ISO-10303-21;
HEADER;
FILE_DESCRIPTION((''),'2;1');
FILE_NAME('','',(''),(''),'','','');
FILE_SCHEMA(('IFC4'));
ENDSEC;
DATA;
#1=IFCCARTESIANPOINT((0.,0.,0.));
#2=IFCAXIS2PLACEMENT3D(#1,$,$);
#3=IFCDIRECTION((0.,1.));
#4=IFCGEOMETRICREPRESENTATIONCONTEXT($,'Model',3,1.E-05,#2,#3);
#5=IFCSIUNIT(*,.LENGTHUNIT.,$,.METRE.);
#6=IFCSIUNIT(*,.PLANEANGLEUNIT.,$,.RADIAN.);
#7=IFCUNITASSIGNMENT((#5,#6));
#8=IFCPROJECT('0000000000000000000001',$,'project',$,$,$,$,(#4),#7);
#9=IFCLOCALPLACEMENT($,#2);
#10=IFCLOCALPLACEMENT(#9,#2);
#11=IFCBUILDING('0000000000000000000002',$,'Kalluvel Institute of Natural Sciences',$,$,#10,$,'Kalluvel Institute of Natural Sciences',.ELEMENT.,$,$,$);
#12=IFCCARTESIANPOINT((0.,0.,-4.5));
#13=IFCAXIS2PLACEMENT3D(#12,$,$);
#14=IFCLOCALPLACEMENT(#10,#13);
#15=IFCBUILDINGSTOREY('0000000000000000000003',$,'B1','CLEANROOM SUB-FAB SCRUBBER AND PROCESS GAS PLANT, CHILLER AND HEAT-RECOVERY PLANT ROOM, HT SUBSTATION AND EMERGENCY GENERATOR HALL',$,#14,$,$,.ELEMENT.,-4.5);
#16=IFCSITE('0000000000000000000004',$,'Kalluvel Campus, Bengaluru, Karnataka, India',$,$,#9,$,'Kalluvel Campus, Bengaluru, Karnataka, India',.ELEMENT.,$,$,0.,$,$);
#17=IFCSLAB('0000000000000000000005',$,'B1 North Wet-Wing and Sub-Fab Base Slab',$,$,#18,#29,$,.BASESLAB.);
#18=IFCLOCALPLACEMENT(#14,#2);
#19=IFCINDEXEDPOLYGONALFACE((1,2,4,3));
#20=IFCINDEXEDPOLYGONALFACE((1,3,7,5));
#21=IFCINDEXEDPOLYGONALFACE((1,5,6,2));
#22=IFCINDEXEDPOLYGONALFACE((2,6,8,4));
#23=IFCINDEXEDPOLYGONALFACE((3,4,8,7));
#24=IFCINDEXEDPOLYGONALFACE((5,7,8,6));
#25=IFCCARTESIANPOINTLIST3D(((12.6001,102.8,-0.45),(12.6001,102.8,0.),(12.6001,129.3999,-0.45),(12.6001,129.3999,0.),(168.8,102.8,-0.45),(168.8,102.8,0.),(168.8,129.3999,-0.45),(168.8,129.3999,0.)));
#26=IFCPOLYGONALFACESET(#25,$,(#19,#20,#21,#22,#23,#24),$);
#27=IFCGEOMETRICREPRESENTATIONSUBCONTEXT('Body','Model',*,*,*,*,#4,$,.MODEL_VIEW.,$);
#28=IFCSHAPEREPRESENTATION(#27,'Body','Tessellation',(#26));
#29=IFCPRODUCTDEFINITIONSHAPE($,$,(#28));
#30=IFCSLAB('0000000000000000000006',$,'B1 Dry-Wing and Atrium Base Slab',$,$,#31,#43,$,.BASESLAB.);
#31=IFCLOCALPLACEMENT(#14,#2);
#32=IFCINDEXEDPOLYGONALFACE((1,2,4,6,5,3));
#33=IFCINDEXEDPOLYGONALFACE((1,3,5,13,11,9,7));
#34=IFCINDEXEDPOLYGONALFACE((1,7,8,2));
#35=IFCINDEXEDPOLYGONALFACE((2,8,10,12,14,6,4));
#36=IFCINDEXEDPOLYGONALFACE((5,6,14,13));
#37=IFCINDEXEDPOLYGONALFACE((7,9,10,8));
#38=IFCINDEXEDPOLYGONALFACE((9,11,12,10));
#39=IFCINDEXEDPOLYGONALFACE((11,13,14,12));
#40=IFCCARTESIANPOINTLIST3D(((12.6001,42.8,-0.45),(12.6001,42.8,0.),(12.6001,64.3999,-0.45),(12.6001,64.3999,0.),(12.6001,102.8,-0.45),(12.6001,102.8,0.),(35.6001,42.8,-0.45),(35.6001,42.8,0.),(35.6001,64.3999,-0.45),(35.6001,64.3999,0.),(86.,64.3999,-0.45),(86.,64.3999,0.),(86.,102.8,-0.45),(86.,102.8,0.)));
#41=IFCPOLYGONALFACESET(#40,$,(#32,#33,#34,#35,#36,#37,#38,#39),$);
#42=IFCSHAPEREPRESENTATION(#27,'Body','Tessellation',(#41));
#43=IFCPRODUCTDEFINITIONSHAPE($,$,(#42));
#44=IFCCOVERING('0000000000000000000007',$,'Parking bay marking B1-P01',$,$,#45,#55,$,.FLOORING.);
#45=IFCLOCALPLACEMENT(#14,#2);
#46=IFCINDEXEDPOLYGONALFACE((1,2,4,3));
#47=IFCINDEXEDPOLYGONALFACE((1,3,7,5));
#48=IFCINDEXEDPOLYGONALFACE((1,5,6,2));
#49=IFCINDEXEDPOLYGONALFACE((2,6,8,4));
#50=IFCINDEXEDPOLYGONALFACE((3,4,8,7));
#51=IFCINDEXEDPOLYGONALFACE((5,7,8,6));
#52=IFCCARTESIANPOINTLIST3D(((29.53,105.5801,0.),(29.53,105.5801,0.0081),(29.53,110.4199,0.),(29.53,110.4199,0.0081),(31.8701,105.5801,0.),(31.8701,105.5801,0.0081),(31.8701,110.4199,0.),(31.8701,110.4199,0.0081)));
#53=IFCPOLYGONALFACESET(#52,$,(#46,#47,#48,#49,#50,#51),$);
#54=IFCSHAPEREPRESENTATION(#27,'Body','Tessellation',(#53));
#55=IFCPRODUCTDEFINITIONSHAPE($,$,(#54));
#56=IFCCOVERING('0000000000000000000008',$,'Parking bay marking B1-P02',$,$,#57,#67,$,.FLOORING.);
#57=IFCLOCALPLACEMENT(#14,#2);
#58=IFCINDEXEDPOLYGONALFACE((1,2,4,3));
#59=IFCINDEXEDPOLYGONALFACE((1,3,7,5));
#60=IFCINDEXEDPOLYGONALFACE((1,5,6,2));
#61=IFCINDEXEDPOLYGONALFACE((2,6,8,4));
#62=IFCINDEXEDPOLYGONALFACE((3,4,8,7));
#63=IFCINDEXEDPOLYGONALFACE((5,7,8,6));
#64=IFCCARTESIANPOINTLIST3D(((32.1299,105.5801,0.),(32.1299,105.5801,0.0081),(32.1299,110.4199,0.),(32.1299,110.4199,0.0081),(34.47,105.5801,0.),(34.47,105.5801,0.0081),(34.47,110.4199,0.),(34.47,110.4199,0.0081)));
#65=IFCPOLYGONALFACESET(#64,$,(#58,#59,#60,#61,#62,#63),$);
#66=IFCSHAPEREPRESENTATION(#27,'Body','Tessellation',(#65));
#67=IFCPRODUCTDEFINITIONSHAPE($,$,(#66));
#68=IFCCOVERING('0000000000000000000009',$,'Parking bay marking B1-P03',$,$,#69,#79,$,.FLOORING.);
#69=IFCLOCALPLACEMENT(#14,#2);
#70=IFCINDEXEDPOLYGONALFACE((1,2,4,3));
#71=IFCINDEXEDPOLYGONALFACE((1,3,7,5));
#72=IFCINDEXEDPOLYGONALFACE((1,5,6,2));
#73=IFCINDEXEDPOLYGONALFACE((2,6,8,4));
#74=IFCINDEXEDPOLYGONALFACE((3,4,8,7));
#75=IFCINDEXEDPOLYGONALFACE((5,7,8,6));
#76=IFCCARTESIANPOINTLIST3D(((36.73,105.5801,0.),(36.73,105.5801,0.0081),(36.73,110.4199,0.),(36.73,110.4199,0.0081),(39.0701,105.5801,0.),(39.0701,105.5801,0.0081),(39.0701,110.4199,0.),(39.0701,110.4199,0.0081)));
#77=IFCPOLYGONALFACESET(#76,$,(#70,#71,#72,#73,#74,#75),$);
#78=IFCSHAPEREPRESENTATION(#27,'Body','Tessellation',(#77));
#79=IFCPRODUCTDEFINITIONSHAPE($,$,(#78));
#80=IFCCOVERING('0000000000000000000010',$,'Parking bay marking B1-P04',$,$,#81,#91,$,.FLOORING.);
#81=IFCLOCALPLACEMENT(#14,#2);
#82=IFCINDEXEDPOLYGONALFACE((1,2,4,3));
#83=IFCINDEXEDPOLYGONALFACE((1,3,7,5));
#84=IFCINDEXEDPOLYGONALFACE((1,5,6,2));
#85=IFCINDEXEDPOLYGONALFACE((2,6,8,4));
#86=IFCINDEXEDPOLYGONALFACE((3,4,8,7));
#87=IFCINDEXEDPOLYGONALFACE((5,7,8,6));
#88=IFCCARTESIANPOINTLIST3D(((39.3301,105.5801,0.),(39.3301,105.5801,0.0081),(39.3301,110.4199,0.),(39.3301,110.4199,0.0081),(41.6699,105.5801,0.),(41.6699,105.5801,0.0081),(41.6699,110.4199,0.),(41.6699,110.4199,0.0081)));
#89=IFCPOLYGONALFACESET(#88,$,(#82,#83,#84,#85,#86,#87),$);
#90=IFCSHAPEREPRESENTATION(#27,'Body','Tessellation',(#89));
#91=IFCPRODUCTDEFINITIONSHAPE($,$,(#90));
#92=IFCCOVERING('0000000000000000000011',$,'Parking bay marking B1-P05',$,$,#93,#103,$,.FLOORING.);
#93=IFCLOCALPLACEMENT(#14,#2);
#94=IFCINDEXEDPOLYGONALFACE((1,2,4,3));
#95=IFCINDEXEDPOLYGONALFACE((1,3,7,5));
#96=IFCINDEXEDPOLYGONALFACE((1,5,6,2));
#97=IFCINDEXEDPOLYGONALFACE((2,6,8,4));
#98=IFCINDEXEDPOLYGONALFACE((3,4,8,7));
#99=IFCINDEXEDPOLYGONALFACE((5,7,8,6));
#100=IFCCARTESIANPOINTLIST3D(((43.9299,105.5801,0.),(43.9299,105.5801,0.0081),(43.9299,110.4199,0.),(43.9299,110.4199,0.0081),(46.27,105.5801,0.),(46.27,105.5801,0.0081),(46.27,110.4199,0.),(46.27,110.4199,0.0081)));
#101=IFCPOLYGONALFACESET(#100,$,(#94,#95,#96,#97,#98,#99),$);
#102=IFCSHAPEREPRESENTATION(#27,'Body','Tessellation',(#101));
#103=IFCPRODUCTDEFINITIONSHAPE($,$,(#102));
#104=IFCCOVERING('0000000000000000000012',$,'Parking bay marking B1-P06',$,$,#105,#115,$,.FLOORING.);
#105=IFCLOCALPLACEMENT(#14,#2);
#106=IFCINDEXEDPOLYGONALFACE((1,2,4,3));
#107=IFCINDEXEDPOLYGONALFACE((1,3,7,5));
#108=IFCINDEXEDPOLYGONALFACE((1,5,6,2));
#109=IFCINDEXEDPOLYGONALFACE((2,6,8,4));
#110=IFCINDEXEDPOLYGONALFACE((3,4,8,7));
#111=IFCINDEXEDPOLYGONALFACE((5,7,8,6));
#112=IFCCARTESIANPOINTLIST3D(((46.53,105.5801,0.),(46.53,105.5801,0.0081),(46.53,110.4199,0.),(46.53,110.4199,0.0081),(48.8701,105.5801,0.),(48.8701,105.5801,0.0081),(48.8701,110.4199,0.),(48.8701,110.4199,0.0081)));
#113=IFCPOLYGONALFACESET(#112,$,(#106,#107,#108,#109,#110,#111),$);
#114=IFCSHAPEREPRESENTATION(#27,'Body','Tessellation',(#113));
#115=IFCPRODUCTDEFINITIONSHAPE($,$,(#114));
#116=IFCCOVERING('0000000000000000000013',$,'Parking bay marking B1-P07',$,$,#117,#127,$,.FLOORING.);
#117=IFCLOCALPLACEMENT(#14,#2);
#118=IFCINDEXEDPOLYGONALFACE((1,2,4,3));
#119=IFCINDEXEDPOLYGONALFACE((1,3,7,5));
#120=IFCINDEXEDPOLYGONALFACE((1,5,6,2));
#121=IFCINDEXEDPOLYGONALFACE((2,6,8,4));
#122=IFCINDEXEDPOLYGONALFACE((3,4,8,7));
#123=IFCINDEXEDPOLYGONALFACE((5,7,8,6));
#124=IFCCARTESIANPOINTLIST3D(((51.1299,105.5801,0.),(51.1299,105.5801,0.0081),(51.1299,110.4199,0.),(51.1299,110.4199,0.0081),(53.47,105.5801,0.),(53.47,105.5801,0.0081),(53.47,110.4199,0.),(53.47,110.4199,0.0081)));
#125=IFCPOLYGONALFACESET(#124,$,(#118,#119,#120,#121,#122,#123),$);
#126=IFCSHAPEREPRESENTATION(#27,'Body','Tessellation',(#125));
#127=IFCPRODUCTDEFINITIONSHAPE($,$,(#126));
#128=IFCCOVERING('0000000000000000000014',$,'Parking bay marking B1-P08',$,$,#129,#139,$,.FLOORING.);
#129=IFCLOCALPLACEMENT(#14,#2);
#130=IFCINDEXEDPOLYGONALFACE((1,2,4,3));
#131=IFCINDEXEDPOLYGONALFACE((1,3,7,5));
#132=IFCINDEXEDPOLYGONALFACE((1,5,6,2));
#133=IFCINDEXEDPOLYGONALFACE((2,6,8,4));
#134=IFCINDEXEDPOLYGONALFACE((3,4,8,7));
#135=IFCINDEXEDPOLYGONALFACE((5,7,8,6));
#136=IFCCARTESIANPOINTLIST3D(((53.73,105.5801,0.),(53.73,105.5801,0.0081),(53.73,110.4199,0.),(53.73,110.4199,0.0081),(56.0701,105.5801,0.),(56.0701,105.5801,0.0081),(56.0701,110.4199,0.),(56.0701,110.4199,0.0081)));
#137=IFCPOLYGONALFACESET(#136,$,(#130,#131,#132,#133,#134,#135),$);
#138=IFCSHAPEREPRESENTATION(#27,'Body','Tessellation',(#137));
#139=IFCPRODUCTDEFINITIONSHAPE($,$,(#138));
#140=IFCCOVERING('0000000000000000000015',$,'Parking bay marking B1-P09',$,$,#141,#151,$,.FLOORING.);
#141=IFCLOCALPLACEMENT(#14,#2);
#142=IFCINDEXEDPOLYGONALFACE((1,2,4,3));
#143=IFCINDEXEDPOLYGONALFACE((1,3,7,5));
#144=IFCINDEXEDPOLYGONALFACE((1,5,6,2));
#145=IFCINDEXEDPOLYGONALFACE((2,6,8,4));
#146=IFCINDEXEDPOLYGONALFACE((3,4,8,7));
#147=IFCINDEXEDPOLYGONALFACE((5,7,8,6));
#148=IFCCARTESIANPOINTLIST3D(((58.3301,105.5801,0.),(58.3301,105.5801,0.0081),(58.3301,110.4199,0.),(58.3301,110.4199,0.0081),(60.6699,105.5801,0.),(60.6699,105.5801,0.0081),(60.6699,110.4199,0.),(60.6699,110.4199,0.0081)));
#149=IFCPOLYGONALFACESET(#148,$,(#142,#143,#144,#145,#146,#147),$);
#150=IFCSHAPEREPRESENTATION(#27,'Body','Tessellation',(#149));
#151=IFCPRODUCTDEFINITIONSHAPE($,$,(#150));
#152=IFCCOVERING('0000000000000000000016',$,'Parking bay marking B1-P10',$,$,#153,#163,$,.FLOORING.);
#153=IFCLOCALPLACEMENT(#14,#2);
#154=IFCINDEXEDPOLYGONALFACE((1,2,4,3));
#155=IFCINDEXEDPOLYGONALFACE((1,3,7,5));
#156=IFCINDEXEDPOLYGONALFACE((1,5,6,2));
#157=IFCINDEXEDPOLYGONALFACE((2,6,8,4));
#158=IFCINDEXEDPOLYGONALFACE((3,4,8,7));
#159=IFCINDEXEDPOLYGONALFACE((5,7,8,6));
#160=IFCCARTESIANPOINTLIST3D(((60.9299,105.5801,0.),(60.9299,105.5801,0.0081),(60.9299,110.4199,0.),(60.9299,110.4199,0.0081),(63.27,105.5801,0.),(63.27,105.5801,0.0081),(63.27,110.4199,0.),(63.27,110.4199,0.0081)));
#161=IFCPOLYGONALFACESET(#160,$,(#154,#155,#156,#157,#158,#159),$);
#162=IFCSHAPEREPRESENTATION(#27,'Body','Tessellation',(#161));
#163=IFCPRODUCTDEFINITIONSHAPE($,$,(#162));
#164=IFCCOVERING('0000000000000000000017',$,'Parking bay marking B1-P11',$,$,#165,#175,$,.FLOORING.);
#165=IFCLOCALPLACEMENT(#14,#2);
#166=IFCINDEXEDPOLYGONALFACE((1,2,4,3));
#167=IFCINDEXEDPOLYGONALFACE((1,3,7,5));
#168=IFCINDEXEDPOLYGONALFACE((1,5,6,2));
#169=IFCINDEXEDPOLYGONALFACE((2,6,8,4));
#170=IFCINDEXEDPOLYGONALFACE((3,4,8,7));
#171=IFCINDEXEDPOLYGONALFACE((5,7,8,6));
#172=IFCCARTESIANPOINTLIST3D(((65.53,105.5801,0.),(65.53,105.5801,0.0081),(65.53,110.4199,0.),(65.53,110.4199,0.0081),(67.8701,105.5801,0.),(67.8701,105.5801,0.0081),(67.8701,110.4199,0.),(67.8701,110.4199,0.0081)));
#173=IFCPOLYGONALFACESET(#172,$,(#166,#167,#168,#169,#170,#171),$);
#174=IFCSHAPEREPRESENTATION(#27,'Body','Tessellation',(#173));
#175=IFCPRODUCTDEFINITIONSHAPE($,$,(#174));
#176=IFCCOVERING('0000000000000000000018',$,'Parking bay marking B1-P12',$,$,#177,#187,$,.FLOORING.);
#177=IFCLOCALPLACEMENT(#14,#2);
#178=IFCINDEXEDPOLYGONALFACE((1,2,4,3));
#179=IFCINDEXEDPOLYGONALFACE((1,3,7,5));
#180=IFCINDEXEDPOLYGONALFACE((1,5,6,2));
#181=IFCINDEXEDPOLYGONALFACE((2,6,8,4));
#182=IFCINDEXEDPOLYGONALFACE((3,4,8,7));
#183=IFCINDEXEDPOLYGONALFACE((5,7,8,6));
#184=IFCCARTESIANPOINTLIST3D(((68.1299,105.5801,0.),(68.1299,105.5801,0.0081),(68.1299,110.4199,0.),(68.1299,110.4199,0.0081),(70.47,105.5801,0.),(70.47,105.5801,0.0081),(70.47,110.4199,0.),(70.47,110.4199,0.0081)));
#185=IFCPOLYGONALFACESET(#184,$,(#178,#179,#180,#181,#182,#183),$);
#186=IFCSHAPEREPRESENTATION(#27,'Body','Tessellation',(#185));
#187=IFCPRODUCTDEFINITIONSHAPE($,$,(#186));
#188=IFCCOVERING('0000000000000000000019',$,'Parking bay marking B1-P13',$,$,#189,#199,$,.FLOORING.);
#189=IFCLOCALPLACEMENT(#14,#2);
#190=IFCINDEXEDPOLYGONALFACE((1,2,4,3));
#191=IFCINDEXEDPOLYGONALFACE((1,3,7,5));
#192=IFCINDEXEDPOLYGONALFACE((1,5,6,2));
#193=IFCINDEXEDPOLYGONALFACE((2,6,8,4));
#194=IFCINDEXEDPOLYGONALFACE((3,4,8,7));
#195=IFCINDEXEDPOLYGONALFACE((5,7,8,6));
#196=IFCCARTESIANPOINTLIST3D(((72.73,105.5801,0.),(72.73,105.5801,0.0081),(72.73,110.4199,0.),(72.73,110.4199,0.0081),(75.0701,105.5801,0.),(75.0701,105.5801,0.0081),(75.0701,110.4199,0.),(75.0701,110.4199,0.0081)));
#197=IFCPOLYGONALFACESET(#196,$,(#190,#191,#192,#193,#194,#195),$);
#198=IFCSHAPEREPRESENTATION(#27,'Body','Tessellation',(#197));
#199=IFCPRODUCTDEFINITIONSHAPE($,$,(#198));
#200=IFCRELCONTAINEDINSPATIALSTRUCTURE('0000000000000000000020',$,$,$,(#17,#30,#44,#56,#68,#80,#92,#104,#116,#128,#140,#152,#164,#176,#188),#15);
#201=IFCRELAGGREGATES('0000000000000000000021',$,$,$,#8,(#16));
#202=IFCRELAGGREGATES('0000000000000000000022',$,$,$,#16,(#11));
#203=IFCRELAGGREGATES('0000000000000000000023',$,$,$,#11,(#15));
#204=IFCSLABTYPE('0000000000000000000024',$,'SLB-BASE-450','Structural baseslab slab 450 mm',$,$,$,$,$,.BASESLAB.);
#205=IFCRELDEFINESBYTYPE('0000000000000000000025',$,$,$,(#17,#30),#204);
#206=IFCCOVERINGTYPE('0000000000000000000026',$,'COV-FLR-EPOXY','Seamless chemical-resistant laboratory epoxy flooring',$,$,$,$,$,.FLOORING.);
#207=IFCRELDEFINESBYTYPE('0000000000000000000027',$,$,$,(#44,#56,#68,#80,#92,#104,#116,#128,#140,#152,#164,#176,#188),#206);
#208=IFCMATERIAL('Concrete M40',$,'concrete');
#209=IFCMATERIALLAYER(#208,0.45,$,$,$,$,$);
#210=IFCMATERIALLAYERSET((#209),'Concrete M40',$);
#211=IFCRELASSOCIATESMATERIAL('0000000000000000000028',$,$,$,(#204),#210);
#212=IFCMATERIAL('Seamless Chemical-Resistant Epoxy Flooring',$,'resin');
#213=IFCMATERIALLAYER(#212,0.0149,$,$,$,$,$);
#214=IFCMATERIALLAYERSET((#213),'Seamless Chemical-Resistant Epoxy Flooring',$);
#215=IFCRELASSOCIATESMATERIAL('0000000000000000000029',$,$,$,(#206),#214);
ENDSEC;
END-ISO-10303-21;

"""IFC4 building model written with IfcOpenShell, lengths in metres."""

from ifc_helpers import new_model, si_unit, direction, frame, origin, place, context, subcontext, project, spatial, polyline, outline, extrude, material, layer, layer_set, type_object, element, save


model = new_model("IFC4")

# Units and contexts
model_context = context("Model", 3, precision=1e-05, world=origin(), true_north=direction((0.0, 1.0)))
body_context = subcontext(model_context, "Body", "Model", "MODEL_VIEW")
ifc_project = project(units=[si_unit("LENGTHUNIT", "METRE"), si_unit("PLANEANGLEUNIT", "RADIAN")], contexts=[model_context])

# Site, building, storey
site_placement = place(None, origin())
site = spatial("IfcSite", under=ifc_project, at=site_placement, Name="Kalluvel Campus, Bengaluru, Karnataka, India", LongName="Kalluvel Campus, Bengaluru, Karnataka, India", CompositionType="ELEMENT", RefElevation=0.0)
building_placement = place(site_placement, origin())
building = spatial("IfcBuilding", under=site, at=building_placement, Name="Kalluvel Institute of Natural Sciences", LongName="Kalluvel Institute of Natural Sciences", CompositionType="ELEMENT")
storey_placement = place(building_placement, frame((0.0, 0.0, -4.5)))
storey = spatial("IfcBuildingStorey", under=building, at=storey_placement, Name="B1", Description="CLEANROOM SUB-FAB SCRUBBER AND PROCESS GAS PLANT, CHILLER AND HEAT-RECOVERY PLANT ROOM, HT SUBSTATION AND EMERGENCY GENERATOR HALL", CompositionType="ELEMENT", Elevation=-4.5)

# Slabs
ifc_material_1 = material(Name="Concrete M40", Category="concrete")
ifc_layer_1 = layer(ifc_material_1, 0.45)
ifc_layer_set_1 = layer_set([ifc_layer_1], Name="Concrete M40")
slab_type = type_object("IfcSlabType", Name="SLB-BASE-450", Description="Structural baseslab slab 450 mm", PredefinedType="BASESLAB", material=ifc_layer_set_1)
slab_1_placement = place(storey_placement, frame((0.0, 0.0, -0.45)))
element("IfcSlab", 1, at=slab_1_placement, inside=storey, type_object=slab_type, Name="B1 North Wet-Wing and Sub-Fab Base Slab", PredefinedType="BASESLAB", context=body_context, shape_type="SweptSolid", body=[
    extrude(outline(polyline([(12.6001, 102.8), (168.8, 102.8), (168.8, 129.3999), (12.6001, 129.3999), (12.6001, 102.8)])), origin(), (0.0, 0.0, 1.0), 0.45),
])
slab_2_placement = place(storey_placement, frame((0.0, 0.0, -0.45)))
element("IfcSlab", 2, at=slab_2_placement, inside=storey, type_object=slab_type, Name="B1 Dry-Wing and Atrium Base Slab", PredefinedType="BASESLAB", context=body_context, shape_type="SweptSolid", body=[
    extrude(outline(polyline([(35.6001, 42.8), (12.6001, 42.8), (12.6001, 64.3999), (12.6001, 102.8), (86.0, 102.8), (86.0, 64.3999), (35.6001, 64.3999), (35.6001, 42.8)])), origin(), (0.0, 0.0, 1.0), 0.45),
])

# Coverings
ifc_material_2 = material(Name="Seamless Chemical-Resistant Epoxy Flooring", Category="resin")
ifc_layer_2 = layer(ifc_material_2, 0.0149)
ifc_layer_set_2 = layer_set([ifc_layer_2], Name="Seamless Chemical-Resistant Epoxy Flooring")
covering_type = type_object("IfcCoveringType", Name="COV-FLR-EPOXY", Description="Seamless chemical-resistant laboratory epoxy flooring", PredefinedType="FLOORING", material=ifc_layer_set_2)
covering_1_placement = place(storey_placement, origin())
element("IfcCovering", 3, at=covering_1_placement, inside=storey, type_object=covering_type, Name="Parking bay marking B1-P01", PredefinedType="FLOORING", context=body_context, shape_type="SweptSolid", body=[
    extrude(outline(polyline([(29.53, 105.5801), (31.8701, 105.5801), (31.8701, 110.4199), (29.53, 110.4199), (29.53, 105.5801)])), origin(), (0.0, 0.0, 1.0), 0.0081),
])
covering_2_placement = place(storey_placement, origin())
element("IfcCovering", 4, at=covering_2_placement, inside=storey, type_object=covering_type, Name="Parking bay marking B1-P02", PredefinedType="FLOORING", context=body_context, shape_type="SweptSolid", body=[
    extrude(outline(polyline([(32.1299, 105.5801), (34.47, 105.5801), (34.47, 110.4199), (32.1299, 110.4199), (32.1299, 105.5801)])), origin(), (0.0, 0.0, 1.0), 0.0081),
])
covering_3_placement = place(storey_placement, origin())
element("IfcCovering", 5, at=covering_3_placement, inside=storey, type_object=covering_type, Name="Parking bay marking B1-P03", PredefinedType="FLOORING", context=body_context, shape_type="SweptSolid", body=[
    extrude(outline(polyline([(36.73, 105.5801), (39.0701, 105.5801), (39.0701, 110.4199), (36.73, 110.4199), (36.73, 105.5801)])), origin(), (0.0, 0.0, 1.0), 0.0081),
])
covering_4_placement = place(storey_placement, origin())
element("IfcCovering", 6, at=covering_4_placement, inside=storey, type_object=covering_type, Name="Parking bay marking B1-P04", PredefinedType="FLOORING", context=body_context, shape_type="SweptSolid", body=[
    extrude(outline(polyline([(39.3301, 105.5801), (41.6699, 105.5801), (41.6699, 110.4199), (39.3301, 110.4199), (39.3301, 105.5801)])), origin(), (0.0, 0.0, 1.0), 0.0081),
])
covering_5_placement = place(storey_placement, origin())
element("IfcCovering", 7, at=covering_5_placement, inside=storey, type_object=covering_type, Name="Parking bay marking B1-P05", PredefinedType="FLOORING", context=body_context, shape_type="SweptSolid", body=[
    extrude(outline(polyline([(43.9299, 105.5801), (46.27, 105.5801), (46.27, 110.4199), (43.9299, 110.4199), (43.9299, 105.5801)])), origin(), (0.0, 0.0, 1.0), 0.0081),
])
covering_6_placement = place(storey_placement, origin())
element("IfcCovering", 8, at=covering_6_placement, inside=storey, type_object=covering_type, Name="Parking bay marking B1-P06", PredefinedType="FLOORING", context=body_context, shape_type="SweptSolid", body=[
    extrude(outline(polyline([(46.53, 105.5801), (48.8701, 105.5801), (48.8701, 110.4199), (46.53, 110.4199), (46.53, 105.5801)])), origin(), (0.0, 0.0, 1.0), 0.0081),
])
covering_7_placement = place(storey_placement, origin())
element("IfcCovering", 9, at=covering_7_placement, inside=storey, type_object=covering_type, Name="Parking bay marking B1-P07", PredefinedType="FLOORING", context=body_context, shape_type="SweptSolid", body=[
    extrude(outline(polyline([(51.1299, 105.5801), (53.47, 105.5801), (53.47, 110.4199), (51.1299, 110.4199), (51.1299, 105.5801)])), origin(), (0.0, 0.0, 1.0), 0.0081),
])
covering_8_placement = place(storey_placement, origin())
element("IfcCovering", 10, at=covering_8_placement, inside=storey, type_object=covering_type, Name="Parking bay marking B1-P08", PredefinedType="FLOORING", context=body_context, shape_type="SweptSolid", body=[
    extrude(outline(polyline([(53.73, 105.5801), (56.0701, 105.5801), (56.0701, 110.4199), (53.73, 110.4199), (53.73, 105.5801)])), origin(), (0.0, 0.0, 1.0), 0.0081),
])
covering_9_placement = place(storey_placement, origin())
element("IfcCovering", 11, at=covering_9_placement, inside=storey, type_object=covering_type, Name="Parking bay marking B1-P09", PredefinedType="FLOORING", context=body_context, shape_type="SweptSolid", body=[
    extrude(outline(polyline([(58.3301, 105.5801), (60.6699, 105.5801), (60.6699, 110.4199), (58.3301, 110.4199), (58.3301, 105.5801)])), origin(), (0.0, 0.0, 1.0), 0.0081),
])
covering_10_placement = place(storey_placement, origin())
element("IfcCovering", 12, at=covering_10_placement, inside=storey, type_object=covering_type, Name="Parking bay marking B1-P10", PredefinedType="FLOORING", context=body_context, shape_type="SweptSolid", body=[
    extrude(outline(polyline([(60.9299, 105.5801), (63.27, 105.5801), (63.27, 110.4199), (60.9299, 110.4199), (60.9299, 105.5801)])), origin(), (0.0, 0.0, 1.0), 0.0081),
])
covering_11_placement = place(storey_placement, origin())
element("IfcCovering", 13, at=covering_11_placement, inside=storey, type_object=covering_type, Name="Parking bay marking B1-P11", PredefinedType="FLOORING", context=body_context, shape_type="SweptSolid", body=[
    extrude(outline(polyline([(65.53, 105.5801), (67.8701, 105.5801), (67.8701, 110.4199), (65.53, 110.4199), (65.53, 105.5801)])), origin(), (0.0, 0.0, 1.0), 0.0081),
])
covering_12_placement = place(storey_placement, origin())
element("IfcCovering", 14, at=covering_12_placement, inside=storey, type_object=covering_type, Name="Parking bay marking B1-P12", PredefinedType="FLOORING", context=body_context, shape_type="SweptSolid", body=[
    extrude(outline(polyline([(68.1299, 105.5801), (70.47, 105.5801), (70.47, 110.4199), (68.1299, 110.4199), (68.1299, 105.5801)])), origin(), (0.0, 0.0, 1.0), 0.0081),
])
covering_13_placement = place(storey_placement, origin())
element("IfcCovering", 15, at=covering_13_placement, inside=storey, type_object=covering_type, Name="Parking bay marking B1-P13", PredefinedType="FLOORING", context=body_context, shape_type="SweptSolid", body=[
    extrude(outline(polyline([(72.73, 105.5801), (75.0701, 105.5801), (75.0701, 110.4199), (72.73, 110.4199), (72.73, 105.5801)])), origin(), (0.0, 0.0, 1.0), 0.0081),
])

save(model, "model.ifc")
